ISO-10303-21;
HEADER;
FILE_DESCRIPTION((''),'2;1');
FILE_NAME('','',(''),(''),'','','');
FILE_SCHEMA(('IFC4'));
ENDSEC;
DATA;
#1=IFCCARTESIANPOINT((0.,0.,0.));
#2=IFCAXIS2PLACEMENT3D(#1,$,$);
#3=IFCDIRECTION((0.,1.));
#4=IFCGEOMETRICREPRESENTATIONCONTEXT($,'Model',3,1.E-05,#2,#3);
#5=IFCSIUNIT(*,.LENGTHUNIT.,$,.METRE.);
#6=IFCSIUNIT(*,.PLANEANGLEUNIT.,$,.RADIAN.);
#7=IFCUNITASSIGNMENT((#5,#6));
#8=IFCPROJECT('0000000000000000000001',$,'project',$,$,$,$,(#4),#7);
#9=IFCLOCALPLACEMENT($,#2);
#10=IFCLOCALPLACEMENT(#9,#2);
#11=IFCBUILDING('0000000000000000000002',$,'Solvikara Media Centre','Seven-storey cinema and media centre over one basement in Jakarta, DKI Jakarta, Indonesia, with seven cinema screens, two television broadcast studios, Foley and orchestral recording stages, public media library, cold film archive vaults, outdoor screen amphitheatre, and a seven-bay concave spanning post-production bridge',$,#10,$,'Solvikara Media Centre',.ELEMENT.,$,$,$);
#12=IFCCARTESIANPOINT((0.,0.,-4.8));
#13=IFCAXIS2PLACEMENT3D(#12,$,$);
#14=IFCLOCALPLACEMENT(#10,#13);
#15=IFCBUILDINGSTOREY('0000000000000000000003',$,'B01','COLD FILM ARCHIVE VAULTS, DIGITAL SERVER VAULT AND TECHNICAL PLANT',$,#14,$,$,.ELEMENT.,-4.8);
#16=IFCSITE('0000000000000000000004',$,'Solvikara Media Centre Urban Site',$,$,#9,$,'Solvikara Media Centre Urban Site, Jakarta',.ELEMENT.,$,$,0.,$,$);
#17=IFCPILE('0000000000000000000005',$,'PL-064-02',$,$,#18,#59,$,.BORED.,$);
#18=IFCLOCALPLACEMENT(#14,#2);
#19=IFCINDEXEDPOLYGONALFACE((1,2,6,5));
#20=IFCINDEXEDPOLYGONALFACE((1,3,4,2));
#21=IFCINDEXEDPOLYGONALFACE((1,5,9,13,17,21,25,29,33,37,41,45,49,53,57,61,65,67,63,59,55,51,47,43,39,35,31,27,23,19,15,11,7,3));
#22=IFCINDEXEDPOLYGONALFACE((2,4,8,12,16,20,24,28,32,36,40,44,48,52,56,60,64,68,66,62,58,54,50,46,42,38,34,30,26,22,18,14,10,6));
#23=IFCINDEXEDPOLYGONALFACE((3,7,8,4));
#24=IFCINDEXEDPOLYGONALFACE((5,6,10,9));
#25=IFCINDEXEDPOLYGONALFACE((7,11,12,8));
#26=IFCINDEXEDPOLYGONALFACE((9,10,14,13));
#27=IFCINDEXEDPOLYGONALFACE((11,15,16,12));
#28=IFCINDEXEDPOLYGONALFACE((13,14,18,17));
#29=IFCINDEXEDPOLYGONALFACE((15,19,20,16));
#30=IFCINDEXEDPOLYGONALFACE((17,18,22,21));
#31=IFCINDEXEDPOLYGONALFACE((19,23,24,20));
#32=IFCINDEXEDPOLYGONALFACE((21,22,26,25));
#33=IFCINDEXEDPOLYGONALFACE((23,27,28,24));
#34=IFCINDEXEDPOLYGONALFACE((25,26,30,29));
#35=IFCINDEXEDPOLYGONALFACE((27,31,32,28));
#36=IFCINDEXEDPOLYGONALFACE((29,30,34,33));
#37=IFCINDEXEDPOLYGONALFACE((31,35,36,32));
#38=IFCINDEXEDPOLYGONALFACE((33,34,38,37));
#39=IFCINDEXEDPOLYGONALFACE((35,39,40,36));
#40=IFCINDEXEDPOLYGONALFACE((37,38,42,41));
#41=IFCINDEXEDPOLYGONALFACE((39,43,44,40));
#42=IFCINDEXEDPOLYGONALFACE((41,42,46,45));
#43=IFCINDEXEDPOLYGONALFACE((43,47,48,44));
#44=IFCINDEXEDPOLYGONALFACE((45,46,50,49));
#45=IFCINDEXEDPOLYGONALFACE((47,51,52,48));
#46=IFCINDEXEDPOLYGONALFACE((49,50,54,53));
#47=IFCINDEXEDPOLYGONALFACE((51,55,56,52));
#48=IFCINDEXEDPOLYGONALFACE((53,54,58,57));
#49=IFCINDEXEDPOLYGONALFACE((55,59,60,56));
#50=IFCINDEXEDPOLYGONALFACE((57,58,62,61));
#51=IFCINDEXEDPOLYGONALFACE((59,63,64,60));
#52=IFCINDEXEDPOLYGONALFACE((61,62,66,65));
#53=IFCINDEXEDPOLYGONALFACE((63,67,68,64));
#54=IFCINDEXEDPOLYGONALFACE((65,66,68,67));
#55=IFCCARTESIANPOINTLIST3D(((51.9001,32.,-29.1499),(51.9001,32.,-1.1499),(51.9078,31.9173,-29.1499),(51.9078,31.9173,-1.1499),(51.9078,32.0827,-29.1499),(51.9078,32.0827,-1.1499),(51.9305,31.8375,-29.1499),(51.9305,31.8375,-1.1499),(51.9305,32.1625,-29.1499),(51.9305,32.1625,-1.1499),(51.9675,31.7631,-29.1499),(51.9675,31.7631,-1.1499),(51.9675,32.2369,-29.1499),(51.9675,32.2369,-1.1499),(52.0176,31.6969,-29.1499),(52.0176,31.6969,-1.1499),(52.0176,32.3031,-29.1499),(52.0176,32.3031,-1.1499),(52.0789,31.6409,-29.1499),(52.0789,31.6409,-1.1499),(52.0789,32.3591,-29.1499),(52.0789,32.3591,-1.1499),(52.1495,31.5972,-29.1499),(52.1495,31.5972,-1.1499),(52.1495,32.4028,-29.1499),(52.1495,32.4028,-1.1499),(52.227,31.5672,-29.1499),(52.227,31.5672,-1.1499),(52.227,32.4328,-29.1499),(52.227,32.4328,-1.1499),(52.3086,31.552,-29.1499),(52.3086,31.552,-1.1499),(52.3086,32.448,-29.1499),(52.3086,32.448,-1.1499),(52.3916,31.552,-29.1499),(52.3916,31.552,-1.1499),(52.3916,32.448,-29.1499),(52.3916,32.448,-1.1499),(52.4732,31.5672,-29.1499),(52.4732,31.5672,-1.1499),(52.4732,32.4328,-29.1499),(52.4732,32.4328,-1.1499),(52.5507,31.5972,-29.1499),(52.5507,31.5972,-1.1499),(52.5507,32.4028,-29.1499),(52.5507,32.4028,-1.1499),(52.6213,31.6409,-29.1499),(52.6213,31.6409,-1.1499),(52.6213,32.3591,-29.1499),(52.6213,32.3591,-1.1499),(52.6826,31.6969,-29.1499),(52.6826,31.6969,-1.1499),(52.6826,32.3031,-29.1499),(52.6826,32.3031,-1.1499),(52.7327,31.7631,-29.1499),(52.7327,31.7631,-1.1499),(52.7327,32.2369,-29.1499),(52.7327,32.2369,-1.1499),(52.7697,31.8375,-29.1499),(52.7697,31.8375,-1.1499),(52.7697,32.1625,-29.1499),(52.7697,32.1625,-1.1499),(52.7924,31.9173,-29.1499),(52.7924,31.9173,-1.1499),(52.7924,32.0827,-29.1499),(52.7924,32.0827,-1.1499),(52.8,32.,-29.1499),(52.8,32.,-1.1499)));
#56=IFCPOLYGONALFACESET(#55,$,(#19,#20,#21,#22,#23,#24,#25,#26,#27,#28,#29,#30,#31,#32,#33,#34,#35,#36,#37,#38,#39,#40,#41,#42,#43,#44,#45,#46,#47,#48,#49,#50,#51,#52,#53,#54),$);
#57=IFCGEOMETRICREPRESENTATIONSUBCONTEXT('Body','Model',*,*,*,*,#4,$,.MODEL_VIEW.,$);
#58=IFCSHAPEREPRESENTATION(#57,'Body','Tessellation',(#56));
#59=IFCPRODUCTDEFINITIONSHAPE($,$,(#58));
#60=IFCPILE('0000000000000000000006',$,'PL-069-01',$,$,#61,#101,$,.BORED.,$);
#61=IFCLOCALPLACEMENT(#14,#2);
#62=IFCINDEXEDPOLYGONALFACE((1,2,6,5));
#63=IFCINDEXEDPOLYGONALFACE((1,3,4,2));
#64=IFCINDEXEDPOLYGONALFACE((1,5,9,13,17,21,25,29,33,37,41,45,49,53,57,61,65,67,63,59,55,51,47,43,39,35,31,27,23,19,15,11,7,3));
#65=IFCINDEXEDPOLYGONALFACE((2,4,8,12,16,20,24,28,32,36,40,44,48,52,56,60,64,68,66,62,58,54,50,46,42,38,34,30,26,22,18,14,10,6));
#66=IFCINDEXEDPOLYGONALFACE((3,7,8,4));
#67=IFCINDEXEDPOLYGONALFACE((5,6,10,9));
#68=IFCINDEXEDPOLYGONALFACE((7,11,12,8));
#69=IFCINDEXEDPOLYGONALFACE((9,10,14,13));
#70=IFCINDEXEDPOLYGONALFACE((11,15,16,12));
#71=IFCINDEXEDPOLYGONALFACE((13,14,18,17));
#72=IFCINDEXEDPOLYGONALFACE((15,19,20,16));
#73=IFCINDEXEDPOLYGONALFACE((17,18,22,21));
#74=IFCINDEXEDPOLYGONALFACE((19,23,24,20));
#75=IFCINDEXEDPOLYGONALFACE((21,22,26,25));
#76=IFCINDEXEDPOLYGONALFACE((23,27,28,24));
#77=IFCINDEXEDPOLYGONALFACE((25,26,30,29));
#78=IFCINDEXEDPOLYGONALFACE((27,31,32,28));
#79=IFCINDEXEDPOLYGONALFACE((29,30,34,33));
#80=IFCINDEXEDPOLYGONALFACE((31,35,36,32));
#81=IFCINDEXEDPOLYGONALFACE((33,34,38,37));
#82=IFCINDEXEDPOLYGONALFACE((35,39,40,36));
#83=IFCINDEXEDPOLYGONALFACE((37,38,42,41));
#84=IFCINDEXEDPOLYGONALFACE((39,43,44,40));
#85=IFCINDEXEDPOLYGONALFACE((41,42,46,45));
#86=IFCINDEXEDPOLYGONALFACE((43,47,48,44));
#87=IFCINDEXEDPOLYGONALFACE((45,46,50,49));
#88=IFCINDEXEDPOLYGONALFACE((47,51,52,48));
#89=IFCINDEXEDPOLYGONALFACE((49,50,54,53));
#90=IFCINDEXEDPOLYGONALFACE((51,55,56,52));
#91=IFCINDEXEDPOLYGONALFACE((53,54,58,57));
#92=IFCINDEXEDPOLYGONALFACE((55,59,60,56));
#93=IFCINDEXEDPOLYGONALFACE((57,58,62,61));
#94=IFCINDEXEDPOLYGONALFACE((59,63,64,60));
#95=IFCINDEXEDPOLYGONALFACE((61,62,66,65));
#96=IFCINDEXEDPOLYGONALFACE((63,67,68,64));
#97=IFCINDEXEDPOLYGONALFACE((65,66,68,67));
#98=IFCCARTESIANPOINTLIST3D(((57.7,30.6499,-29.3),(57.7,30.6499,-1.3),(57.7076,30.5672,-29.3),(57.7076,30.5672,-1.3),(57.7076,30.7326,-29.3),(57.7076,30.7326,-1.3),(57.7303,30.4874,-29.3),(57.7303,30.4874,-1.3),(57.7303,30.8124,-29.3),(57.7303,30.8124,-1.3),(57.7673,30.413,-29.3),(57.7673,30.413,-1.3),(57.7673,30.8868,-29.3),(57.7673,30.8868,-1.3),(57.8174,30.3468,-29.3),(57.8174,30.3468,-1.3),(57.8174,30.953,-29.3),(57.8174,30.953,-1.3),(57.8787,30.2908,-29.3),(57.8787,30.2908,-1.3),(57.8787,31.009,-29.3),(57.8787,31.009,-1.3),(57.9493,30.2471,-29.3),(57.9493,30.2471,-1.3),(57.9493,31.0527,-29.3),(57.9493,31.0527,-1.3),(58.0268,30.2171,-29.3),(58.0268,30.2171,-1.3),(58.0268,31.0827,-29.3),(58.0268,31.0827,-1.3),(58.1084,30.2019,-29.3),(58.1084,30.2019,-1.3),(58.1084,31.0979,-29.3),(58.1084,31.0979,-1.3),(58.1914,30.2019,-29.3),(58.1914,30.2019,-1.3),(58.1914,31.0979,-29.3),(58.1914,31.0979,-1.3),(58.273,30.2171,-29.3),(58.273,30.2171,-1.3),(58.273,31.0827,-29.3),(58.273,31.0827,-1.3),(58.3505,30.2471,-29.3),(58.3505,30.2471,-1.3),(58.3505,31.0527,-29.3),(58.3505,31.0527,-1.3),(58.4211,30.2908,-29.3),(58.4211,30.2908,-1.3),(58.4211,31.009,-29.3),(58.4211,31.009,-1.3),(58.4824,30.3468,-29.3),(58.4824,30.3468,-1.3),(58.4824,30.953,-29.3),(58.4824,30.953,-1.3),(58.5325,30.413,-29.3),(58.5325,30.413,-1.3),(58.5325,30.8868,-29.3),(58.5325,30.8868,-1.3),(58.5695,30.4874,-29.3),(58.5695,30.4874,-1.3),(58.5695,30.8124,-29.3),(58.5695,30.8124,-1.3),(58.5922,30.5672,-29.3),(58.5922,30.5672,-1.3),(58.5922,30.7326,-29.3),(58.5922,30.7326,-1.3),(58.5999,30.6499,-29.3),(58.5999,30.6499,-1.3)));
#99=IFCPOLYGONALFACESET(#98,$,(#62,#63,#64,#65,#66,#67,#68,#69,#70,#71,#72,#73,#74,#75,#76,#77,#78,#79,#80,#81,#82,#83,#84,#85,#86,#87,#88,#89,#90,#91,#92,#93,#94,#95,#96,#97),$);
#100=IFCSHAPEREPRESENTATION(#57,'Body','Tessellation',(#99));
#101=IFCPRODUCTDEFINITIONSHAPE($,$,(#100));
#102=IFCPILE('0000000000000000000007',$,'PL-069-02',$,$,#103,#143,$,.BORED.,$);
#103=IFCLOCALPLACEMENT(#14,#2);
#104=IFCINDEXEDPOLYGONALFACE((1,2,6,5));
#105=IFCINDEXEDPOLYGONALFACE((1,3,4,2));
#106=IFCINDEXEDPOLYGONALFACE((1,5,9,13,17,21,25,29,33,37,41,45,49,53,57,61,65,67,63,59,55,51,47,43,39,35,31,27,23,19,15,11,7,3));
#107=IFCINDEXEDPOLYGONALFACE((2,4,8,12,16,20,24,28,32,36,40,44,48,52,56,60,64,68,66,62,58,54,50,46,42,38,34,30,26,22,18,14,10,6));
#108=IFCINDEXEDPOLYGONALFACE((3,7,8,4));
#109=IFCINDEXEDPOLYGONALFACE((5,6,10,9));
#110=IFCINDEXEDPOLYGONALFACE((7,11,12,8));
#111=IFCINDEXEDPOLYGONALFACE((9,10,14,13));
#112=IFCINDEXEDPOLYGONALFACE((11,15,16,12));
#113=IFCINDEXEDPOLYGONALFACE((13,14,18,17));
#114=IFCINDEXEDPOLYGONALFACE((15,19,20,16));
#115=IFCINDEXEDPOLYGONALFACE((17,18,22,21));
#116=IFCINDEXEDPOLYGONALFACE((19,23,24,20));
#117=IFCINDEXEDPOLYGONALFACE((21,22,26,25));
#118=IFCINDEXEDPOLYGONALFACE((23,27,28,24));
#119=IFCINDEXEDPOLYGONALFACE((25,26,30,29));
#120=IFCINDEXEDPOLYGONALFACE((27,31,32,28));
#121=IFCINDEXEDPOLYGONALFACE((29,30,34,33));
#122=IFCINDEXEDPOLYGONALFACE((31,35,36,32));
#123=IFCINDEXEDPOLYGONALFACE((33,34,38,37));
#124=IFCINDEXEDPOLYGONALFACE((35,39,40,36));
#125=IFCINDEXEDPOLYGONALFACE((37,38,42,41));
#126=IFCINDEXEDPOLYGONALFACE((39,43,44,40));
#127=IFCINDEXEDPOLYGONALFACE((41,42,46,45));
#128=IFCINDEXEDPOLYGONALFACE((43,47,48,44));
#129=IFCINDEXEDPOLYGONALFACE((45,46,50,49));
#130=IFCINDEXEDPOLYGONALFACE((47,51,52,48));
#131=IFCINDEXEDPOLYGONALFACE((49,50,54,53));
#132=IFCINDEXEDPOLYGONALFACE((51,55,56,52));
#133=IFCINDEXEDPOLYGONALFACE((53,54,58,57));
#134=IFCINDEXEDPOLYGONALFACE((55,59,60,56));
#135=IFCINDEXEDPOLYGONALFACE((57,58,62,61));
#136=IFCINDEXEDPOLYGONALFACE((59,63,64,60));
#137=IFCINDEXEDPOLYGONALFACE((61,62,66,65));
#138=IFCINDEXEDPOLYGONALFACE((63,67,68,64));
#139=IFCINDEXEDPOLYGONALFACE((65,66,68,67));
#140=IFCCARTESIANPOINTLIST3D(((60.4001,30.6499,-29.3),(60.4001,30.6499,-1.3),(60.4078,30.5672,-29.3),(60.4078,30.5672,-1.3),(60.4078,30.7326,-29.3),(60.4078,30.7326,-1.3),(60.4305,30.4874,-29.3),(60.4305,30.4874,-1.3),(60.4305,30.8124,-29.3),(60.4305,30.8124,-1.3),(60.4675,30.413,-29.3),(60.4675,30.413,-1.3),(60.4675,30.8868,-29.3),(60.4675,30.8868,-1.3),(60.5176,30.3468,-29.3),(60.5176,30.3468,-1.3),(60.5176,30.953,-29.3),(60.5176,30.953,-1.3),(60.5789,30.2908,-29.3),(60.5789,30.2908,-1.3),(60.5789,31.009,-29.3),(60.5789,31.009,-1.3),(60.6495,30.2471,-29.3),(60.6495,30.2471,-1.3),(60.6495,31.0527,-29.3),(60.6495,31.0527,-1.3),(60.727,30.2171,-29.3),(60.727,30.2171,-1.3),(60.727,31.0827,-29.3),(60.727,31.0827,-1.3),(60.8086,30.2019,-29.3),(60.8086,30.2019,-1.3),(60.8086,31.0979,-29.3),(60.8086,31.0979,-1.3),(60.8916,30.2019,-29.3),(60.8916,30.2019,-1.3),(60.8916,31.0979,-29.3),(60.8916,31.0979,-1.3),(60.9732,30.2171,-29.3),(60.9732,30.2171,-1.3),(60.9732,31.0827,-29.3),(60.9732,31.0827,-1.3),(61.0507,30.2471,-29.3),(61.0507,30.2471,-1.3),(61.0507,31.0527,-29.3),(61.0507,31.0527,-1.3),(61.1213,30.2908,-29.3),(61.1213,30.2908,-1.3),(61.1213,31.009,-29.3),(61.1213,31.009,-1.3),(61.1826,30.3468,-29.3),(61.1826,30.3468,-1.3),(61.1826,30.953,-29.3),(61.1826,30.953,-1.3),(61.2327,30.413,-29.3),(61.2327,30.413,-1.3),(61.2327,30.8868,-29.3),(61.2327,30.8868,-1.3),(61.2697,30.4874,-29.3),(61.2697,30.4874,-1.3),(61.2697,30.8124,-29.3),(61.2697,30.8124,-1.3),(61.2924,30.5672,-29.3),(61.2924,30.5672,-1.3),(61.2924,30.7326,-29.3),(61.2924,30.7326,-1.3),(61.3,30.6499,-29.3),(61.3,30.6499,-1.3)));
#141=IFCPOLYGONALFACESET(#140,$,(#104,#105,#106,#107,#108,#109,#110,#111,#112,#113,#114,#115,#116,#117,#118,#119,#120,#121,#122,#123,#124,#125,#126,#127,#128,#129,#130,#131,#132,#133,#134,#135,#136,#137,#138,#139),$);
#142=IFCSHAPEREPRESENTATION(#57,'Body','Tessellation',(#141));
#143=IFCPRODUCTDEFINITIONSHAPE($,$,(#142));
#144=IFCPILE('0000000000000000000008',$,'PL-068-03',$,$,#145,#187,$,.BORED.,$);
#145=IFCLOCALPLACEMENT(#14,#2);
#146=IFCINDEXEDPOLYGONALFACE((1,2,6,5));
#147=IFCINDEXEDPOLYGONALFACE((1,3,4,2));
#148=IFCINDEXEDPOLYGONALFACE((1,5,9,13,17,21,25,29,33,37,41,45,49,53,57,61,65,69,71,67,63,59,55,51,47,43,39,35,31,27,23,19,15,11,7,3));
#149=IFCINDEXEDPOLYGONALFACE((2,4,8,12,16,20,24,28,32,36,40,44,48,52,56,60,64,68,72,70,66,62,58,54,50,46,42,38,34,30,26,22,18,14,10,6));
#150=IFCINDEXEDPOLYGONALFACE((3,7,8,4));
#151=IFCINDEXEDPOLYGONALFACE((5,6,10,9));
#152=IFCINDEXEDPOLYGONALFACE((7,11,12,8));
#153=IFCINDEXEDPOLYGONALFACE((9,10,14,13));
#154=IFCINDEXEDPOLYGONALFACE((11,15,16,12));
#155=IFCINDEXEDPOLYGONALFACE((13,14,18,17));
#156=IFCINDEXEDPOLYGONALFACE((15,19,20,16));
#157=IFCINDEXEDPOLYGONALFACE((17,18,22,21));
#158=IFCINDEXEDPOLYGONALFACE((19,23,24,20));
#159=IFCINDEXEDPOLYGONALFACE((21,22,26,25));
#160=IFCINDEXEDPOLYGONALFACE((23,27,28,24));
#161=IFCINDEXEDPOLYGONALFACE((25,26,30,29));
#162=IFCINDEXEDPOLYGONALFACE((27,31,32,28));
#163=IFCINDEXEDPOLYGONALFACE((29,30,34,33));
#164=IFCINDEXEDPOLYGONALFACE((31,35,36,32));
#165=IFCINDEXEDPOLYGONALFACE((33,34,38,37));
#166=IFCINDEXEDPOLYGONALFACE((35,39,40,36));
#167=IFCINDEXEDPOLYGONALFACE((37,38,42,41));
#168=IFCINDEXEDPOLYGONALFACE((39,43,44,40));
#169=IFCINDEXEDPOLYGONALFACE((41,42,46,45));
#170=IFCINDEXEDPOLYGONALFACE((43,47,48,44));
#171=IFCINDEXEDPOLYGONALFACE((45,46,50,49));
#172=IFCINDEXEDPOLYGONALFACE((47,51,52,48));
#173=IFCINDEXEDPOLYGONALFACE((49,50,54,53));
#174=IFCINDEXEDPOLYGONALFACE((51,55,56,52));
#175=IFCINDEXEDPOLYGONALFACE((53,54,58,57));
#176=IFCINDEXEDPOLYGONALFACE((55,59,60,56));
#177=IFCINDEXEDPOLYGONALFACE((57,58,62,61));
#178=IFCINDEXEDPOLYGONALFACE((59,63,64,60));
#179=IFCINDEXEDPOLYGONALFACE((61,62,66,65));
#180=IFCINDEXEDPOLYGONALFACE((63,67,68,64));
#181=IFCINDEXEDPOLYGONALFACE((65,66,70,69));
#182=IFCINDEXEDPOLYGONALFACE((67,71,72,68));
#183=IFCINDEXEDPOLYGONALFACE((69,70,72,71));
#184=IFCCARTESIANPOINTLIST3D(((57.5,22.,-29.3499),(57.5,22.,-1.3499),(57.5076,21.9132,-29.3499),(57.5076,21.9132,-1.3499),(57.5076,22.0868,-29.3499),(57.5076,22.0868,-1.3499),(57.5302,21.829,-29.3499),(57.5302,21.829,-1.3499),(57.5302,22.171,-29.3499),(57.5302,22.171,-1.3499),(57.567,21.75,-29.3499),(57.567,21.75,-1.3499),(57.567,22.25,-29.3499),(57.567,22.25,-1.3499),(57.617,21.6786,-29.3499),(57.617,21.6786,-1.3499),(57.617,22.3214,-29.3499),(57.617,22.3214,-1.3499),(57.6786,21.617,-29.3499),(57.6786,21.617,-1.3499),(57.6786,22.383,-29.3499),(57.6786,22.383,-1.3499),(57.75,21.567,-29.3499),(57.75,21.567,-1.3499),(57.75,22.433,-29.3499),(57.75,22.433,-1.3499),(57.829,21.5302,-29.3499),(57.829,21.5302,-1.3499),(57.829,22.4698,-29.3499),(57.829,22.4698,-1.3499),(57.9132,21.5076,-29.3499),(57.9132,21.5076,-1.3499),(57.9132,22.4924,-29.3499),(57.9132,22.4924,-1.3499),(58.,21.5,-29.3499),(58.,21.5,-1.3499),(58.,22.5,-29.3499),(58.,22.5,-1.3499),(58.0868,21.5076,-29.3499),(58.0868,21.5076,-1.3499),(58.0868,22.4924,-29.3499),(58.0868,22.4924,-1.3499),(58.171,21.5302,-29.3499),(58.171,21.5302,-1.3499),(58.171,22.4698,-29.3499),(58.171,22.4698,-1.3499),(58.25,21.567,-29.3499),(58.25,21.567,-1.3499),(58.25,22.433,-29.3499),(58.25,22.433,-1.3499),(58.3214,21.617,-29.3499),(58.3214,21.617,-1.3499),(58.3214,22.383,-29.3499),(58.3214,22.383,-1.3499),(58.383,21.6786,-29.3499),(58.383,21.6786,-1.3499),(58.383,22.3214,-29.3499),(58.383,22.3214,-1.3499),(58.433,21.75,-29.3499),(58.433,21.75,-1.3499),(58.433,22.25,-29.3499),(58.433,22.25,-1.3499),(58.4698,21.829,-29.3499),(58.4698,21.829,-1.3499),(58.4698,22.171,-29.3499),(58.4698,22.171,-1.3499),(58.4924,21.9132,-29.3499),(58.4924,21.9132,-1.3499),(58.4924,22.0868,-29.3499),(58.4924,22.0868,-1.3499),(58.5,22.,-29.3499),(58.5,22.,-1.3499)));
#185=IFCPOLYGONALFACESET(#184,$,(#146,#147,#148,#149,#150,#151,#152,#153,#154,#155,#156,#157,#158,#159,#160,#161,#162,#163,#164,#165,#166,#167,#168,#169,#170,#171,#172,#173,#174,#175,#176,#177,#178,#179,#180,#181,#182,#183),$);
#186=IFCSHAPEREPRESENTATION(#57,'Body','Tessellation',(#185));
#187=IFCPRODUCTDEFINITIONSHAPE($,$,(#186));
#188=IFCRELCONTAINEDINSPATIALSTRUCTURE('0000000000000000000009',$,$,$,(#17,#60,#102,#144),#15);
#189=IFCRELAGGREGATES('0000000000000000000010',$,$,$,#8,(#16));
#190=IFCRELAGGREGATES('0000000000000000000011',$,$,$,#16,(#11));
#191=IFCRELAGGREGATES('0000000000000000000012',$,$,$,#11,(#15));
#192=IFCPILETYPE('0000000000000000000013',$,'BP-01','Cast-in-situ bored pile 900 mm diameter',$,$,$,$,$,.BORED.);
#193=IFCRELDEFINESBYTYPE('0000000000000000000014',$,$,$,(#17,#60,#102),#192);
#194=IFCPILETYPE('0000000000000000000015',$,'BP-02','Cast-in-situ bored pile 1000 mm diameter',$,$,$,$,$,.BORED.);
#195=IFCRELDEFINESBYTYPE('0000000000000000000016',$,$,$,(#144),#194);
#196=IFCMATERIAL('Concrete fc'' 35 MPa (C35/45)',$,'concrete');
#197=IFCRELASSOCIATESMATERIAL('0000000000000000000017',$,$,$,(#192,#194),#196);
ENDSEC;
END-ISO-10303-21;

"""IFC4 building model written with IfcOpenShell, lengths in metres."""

from ifc_helpers import new_model, si_unit, direction, frame, origin, origin_2d, place, context, subcontext, project, spatial, circle, extrude, material, material_profile, profile_set, type_object, element, save


model = new_model("IFC4")

# Units and contexts
model_context = context("Model", 3, precision=1e-05, world=origin(), true_north=direction((0.0, 1.0)))
body_context = subcontext(model_context, "Body", "Model", "MODEL_VIEW")
ifc_project = project(units=[si_unit("LENGTHUNIT", "METRE"), si_unit("PLANEANGLEUNIT", "RADIAN")], contexts=[model_context])

# Site, building, storey
site_placement = place(None, origin())
site = spatial("IfcSite", under=ifc_project, at=site_placement, Name="Solvikara Media Centre Urban Site", LongName="Solvikara Media Centre Urban Site, Jakarta", CompositionType="ELEMENT", RefElevation=0.0)
building_placement = place(site_placement, origin())
building = spatial("IfcBuilding", under=site, at=building_placement, Name="Solvikara Media Centre", Description="Seven-storey cinema and media centre over one basement in Jakarta, DKI Jakarta, Indonesia, with seven cinema screens, two television broadcast studios, Foley and orchestral recording stages, public media library, cold film archive vaults, outdoor screen amphitheatre, and a seven-bay concave spanning post-production bridge", LongName="Solvikara Media Centre", CompositionType="ELEMENT")
storey_placement = place(building_placement, frame((0.0, 0.0, -4.8)))
storey = spatial("IfcBuildingStorey", under=building, at=storey_placement, Name="B01", Description="COLD FILM ARCHIVE VAULTS, DIGITAL SERVER VAULT AND TECHNICAL PLANT", CompositionType="ELEMENT", Elevation=-4.8)

# Piles
ifc_material_1 = material(Name="Concrete fc' 35 MPa (C35/45)", Category="concrete")
ifc_material_profile_1 = material_profile(ifc_material_1, circle(Radius=0.45, at=origin_2d()), Name="BORED PILE D900")
ifc_profile_set_1 = profile_set([ifc_material_profile_1], Name="Concrete fc' 35 MPa (C35/45)")
pile_type_1 = type_object("IfcPileType", Name="BP-01", Description="Cast-in-situ bored pile 900 mm diameter", PredefinedType="BORED", material=ifc_profile_set_1)
for number, where, z_axis, x_axis, name in (
    (1, (52.3501, 32.0, -1.1499), (0.0, 0.0, -1.0), (1.0, 0.0, 0.0), "PL-064-02"),
    (2, (58.1499, 30.6499, -1.3), (0.0, 0.0, -1.0), (1.0, 0.0, 0.0), "PL-069-01"),
    (3, (60.8501, 30.6499, -1.3), (0.0, 0.0, -1.0), (1.0, 0.0, 0.0), "PL-069-02"),
):
    element("IfcPile", number, at=place(storey_placement, frame(where, z_axis=z_axis, x_axis=x_axis)), inside=storey, type_object=pile_type_1, Name=name, PredefinedType="BORED", context=body_context, shape_type="SweptSolid", body=[
        extrude(circle(Radius=0.45, at=origin_2d()), origin(), (0.0, 0.0, 1.0), 28.0),
    ])
ifc_material_profile_2 = material_profile(ifc_material_1, circle(Radius=0.5, at=origin_2d()), Name="BORED PILE D1000")
ifc_profile_set_2 = profile_set([ifc_material_profile_2], Name="Concrete fc' 35 MPa (C35/45)")
pile_type_2 = type_object("IfcPileType", Name="BP-02", Description="Cast-in-situ bored pile 1000 mm diameter", PredefinedType="BORED", material=ifc_profile_set_2)
for number, where, z_axis, x_axis, name in (
    (4, (58.0, 22.0, -1.3499), (0.0, 0.0, -1.0), (1.0, 0.0, 0.0), "PL-068-03"),
):
    element("IfcPile", number, at=place(storey_placement, frame(where, z_axis=z_axis, x_axis=x_axis)), inside=storey, type_object=pile_type_2, Name=name, PredefinedType="BORED", context=body_context, shape_type="SweptSolid", body=[
        extrude(circle(Radius=0.5, at=origin_2d()), origin(), (0.0, 0.0, 1.0), 28.0),
    ])

save(model, "model.ifc")
